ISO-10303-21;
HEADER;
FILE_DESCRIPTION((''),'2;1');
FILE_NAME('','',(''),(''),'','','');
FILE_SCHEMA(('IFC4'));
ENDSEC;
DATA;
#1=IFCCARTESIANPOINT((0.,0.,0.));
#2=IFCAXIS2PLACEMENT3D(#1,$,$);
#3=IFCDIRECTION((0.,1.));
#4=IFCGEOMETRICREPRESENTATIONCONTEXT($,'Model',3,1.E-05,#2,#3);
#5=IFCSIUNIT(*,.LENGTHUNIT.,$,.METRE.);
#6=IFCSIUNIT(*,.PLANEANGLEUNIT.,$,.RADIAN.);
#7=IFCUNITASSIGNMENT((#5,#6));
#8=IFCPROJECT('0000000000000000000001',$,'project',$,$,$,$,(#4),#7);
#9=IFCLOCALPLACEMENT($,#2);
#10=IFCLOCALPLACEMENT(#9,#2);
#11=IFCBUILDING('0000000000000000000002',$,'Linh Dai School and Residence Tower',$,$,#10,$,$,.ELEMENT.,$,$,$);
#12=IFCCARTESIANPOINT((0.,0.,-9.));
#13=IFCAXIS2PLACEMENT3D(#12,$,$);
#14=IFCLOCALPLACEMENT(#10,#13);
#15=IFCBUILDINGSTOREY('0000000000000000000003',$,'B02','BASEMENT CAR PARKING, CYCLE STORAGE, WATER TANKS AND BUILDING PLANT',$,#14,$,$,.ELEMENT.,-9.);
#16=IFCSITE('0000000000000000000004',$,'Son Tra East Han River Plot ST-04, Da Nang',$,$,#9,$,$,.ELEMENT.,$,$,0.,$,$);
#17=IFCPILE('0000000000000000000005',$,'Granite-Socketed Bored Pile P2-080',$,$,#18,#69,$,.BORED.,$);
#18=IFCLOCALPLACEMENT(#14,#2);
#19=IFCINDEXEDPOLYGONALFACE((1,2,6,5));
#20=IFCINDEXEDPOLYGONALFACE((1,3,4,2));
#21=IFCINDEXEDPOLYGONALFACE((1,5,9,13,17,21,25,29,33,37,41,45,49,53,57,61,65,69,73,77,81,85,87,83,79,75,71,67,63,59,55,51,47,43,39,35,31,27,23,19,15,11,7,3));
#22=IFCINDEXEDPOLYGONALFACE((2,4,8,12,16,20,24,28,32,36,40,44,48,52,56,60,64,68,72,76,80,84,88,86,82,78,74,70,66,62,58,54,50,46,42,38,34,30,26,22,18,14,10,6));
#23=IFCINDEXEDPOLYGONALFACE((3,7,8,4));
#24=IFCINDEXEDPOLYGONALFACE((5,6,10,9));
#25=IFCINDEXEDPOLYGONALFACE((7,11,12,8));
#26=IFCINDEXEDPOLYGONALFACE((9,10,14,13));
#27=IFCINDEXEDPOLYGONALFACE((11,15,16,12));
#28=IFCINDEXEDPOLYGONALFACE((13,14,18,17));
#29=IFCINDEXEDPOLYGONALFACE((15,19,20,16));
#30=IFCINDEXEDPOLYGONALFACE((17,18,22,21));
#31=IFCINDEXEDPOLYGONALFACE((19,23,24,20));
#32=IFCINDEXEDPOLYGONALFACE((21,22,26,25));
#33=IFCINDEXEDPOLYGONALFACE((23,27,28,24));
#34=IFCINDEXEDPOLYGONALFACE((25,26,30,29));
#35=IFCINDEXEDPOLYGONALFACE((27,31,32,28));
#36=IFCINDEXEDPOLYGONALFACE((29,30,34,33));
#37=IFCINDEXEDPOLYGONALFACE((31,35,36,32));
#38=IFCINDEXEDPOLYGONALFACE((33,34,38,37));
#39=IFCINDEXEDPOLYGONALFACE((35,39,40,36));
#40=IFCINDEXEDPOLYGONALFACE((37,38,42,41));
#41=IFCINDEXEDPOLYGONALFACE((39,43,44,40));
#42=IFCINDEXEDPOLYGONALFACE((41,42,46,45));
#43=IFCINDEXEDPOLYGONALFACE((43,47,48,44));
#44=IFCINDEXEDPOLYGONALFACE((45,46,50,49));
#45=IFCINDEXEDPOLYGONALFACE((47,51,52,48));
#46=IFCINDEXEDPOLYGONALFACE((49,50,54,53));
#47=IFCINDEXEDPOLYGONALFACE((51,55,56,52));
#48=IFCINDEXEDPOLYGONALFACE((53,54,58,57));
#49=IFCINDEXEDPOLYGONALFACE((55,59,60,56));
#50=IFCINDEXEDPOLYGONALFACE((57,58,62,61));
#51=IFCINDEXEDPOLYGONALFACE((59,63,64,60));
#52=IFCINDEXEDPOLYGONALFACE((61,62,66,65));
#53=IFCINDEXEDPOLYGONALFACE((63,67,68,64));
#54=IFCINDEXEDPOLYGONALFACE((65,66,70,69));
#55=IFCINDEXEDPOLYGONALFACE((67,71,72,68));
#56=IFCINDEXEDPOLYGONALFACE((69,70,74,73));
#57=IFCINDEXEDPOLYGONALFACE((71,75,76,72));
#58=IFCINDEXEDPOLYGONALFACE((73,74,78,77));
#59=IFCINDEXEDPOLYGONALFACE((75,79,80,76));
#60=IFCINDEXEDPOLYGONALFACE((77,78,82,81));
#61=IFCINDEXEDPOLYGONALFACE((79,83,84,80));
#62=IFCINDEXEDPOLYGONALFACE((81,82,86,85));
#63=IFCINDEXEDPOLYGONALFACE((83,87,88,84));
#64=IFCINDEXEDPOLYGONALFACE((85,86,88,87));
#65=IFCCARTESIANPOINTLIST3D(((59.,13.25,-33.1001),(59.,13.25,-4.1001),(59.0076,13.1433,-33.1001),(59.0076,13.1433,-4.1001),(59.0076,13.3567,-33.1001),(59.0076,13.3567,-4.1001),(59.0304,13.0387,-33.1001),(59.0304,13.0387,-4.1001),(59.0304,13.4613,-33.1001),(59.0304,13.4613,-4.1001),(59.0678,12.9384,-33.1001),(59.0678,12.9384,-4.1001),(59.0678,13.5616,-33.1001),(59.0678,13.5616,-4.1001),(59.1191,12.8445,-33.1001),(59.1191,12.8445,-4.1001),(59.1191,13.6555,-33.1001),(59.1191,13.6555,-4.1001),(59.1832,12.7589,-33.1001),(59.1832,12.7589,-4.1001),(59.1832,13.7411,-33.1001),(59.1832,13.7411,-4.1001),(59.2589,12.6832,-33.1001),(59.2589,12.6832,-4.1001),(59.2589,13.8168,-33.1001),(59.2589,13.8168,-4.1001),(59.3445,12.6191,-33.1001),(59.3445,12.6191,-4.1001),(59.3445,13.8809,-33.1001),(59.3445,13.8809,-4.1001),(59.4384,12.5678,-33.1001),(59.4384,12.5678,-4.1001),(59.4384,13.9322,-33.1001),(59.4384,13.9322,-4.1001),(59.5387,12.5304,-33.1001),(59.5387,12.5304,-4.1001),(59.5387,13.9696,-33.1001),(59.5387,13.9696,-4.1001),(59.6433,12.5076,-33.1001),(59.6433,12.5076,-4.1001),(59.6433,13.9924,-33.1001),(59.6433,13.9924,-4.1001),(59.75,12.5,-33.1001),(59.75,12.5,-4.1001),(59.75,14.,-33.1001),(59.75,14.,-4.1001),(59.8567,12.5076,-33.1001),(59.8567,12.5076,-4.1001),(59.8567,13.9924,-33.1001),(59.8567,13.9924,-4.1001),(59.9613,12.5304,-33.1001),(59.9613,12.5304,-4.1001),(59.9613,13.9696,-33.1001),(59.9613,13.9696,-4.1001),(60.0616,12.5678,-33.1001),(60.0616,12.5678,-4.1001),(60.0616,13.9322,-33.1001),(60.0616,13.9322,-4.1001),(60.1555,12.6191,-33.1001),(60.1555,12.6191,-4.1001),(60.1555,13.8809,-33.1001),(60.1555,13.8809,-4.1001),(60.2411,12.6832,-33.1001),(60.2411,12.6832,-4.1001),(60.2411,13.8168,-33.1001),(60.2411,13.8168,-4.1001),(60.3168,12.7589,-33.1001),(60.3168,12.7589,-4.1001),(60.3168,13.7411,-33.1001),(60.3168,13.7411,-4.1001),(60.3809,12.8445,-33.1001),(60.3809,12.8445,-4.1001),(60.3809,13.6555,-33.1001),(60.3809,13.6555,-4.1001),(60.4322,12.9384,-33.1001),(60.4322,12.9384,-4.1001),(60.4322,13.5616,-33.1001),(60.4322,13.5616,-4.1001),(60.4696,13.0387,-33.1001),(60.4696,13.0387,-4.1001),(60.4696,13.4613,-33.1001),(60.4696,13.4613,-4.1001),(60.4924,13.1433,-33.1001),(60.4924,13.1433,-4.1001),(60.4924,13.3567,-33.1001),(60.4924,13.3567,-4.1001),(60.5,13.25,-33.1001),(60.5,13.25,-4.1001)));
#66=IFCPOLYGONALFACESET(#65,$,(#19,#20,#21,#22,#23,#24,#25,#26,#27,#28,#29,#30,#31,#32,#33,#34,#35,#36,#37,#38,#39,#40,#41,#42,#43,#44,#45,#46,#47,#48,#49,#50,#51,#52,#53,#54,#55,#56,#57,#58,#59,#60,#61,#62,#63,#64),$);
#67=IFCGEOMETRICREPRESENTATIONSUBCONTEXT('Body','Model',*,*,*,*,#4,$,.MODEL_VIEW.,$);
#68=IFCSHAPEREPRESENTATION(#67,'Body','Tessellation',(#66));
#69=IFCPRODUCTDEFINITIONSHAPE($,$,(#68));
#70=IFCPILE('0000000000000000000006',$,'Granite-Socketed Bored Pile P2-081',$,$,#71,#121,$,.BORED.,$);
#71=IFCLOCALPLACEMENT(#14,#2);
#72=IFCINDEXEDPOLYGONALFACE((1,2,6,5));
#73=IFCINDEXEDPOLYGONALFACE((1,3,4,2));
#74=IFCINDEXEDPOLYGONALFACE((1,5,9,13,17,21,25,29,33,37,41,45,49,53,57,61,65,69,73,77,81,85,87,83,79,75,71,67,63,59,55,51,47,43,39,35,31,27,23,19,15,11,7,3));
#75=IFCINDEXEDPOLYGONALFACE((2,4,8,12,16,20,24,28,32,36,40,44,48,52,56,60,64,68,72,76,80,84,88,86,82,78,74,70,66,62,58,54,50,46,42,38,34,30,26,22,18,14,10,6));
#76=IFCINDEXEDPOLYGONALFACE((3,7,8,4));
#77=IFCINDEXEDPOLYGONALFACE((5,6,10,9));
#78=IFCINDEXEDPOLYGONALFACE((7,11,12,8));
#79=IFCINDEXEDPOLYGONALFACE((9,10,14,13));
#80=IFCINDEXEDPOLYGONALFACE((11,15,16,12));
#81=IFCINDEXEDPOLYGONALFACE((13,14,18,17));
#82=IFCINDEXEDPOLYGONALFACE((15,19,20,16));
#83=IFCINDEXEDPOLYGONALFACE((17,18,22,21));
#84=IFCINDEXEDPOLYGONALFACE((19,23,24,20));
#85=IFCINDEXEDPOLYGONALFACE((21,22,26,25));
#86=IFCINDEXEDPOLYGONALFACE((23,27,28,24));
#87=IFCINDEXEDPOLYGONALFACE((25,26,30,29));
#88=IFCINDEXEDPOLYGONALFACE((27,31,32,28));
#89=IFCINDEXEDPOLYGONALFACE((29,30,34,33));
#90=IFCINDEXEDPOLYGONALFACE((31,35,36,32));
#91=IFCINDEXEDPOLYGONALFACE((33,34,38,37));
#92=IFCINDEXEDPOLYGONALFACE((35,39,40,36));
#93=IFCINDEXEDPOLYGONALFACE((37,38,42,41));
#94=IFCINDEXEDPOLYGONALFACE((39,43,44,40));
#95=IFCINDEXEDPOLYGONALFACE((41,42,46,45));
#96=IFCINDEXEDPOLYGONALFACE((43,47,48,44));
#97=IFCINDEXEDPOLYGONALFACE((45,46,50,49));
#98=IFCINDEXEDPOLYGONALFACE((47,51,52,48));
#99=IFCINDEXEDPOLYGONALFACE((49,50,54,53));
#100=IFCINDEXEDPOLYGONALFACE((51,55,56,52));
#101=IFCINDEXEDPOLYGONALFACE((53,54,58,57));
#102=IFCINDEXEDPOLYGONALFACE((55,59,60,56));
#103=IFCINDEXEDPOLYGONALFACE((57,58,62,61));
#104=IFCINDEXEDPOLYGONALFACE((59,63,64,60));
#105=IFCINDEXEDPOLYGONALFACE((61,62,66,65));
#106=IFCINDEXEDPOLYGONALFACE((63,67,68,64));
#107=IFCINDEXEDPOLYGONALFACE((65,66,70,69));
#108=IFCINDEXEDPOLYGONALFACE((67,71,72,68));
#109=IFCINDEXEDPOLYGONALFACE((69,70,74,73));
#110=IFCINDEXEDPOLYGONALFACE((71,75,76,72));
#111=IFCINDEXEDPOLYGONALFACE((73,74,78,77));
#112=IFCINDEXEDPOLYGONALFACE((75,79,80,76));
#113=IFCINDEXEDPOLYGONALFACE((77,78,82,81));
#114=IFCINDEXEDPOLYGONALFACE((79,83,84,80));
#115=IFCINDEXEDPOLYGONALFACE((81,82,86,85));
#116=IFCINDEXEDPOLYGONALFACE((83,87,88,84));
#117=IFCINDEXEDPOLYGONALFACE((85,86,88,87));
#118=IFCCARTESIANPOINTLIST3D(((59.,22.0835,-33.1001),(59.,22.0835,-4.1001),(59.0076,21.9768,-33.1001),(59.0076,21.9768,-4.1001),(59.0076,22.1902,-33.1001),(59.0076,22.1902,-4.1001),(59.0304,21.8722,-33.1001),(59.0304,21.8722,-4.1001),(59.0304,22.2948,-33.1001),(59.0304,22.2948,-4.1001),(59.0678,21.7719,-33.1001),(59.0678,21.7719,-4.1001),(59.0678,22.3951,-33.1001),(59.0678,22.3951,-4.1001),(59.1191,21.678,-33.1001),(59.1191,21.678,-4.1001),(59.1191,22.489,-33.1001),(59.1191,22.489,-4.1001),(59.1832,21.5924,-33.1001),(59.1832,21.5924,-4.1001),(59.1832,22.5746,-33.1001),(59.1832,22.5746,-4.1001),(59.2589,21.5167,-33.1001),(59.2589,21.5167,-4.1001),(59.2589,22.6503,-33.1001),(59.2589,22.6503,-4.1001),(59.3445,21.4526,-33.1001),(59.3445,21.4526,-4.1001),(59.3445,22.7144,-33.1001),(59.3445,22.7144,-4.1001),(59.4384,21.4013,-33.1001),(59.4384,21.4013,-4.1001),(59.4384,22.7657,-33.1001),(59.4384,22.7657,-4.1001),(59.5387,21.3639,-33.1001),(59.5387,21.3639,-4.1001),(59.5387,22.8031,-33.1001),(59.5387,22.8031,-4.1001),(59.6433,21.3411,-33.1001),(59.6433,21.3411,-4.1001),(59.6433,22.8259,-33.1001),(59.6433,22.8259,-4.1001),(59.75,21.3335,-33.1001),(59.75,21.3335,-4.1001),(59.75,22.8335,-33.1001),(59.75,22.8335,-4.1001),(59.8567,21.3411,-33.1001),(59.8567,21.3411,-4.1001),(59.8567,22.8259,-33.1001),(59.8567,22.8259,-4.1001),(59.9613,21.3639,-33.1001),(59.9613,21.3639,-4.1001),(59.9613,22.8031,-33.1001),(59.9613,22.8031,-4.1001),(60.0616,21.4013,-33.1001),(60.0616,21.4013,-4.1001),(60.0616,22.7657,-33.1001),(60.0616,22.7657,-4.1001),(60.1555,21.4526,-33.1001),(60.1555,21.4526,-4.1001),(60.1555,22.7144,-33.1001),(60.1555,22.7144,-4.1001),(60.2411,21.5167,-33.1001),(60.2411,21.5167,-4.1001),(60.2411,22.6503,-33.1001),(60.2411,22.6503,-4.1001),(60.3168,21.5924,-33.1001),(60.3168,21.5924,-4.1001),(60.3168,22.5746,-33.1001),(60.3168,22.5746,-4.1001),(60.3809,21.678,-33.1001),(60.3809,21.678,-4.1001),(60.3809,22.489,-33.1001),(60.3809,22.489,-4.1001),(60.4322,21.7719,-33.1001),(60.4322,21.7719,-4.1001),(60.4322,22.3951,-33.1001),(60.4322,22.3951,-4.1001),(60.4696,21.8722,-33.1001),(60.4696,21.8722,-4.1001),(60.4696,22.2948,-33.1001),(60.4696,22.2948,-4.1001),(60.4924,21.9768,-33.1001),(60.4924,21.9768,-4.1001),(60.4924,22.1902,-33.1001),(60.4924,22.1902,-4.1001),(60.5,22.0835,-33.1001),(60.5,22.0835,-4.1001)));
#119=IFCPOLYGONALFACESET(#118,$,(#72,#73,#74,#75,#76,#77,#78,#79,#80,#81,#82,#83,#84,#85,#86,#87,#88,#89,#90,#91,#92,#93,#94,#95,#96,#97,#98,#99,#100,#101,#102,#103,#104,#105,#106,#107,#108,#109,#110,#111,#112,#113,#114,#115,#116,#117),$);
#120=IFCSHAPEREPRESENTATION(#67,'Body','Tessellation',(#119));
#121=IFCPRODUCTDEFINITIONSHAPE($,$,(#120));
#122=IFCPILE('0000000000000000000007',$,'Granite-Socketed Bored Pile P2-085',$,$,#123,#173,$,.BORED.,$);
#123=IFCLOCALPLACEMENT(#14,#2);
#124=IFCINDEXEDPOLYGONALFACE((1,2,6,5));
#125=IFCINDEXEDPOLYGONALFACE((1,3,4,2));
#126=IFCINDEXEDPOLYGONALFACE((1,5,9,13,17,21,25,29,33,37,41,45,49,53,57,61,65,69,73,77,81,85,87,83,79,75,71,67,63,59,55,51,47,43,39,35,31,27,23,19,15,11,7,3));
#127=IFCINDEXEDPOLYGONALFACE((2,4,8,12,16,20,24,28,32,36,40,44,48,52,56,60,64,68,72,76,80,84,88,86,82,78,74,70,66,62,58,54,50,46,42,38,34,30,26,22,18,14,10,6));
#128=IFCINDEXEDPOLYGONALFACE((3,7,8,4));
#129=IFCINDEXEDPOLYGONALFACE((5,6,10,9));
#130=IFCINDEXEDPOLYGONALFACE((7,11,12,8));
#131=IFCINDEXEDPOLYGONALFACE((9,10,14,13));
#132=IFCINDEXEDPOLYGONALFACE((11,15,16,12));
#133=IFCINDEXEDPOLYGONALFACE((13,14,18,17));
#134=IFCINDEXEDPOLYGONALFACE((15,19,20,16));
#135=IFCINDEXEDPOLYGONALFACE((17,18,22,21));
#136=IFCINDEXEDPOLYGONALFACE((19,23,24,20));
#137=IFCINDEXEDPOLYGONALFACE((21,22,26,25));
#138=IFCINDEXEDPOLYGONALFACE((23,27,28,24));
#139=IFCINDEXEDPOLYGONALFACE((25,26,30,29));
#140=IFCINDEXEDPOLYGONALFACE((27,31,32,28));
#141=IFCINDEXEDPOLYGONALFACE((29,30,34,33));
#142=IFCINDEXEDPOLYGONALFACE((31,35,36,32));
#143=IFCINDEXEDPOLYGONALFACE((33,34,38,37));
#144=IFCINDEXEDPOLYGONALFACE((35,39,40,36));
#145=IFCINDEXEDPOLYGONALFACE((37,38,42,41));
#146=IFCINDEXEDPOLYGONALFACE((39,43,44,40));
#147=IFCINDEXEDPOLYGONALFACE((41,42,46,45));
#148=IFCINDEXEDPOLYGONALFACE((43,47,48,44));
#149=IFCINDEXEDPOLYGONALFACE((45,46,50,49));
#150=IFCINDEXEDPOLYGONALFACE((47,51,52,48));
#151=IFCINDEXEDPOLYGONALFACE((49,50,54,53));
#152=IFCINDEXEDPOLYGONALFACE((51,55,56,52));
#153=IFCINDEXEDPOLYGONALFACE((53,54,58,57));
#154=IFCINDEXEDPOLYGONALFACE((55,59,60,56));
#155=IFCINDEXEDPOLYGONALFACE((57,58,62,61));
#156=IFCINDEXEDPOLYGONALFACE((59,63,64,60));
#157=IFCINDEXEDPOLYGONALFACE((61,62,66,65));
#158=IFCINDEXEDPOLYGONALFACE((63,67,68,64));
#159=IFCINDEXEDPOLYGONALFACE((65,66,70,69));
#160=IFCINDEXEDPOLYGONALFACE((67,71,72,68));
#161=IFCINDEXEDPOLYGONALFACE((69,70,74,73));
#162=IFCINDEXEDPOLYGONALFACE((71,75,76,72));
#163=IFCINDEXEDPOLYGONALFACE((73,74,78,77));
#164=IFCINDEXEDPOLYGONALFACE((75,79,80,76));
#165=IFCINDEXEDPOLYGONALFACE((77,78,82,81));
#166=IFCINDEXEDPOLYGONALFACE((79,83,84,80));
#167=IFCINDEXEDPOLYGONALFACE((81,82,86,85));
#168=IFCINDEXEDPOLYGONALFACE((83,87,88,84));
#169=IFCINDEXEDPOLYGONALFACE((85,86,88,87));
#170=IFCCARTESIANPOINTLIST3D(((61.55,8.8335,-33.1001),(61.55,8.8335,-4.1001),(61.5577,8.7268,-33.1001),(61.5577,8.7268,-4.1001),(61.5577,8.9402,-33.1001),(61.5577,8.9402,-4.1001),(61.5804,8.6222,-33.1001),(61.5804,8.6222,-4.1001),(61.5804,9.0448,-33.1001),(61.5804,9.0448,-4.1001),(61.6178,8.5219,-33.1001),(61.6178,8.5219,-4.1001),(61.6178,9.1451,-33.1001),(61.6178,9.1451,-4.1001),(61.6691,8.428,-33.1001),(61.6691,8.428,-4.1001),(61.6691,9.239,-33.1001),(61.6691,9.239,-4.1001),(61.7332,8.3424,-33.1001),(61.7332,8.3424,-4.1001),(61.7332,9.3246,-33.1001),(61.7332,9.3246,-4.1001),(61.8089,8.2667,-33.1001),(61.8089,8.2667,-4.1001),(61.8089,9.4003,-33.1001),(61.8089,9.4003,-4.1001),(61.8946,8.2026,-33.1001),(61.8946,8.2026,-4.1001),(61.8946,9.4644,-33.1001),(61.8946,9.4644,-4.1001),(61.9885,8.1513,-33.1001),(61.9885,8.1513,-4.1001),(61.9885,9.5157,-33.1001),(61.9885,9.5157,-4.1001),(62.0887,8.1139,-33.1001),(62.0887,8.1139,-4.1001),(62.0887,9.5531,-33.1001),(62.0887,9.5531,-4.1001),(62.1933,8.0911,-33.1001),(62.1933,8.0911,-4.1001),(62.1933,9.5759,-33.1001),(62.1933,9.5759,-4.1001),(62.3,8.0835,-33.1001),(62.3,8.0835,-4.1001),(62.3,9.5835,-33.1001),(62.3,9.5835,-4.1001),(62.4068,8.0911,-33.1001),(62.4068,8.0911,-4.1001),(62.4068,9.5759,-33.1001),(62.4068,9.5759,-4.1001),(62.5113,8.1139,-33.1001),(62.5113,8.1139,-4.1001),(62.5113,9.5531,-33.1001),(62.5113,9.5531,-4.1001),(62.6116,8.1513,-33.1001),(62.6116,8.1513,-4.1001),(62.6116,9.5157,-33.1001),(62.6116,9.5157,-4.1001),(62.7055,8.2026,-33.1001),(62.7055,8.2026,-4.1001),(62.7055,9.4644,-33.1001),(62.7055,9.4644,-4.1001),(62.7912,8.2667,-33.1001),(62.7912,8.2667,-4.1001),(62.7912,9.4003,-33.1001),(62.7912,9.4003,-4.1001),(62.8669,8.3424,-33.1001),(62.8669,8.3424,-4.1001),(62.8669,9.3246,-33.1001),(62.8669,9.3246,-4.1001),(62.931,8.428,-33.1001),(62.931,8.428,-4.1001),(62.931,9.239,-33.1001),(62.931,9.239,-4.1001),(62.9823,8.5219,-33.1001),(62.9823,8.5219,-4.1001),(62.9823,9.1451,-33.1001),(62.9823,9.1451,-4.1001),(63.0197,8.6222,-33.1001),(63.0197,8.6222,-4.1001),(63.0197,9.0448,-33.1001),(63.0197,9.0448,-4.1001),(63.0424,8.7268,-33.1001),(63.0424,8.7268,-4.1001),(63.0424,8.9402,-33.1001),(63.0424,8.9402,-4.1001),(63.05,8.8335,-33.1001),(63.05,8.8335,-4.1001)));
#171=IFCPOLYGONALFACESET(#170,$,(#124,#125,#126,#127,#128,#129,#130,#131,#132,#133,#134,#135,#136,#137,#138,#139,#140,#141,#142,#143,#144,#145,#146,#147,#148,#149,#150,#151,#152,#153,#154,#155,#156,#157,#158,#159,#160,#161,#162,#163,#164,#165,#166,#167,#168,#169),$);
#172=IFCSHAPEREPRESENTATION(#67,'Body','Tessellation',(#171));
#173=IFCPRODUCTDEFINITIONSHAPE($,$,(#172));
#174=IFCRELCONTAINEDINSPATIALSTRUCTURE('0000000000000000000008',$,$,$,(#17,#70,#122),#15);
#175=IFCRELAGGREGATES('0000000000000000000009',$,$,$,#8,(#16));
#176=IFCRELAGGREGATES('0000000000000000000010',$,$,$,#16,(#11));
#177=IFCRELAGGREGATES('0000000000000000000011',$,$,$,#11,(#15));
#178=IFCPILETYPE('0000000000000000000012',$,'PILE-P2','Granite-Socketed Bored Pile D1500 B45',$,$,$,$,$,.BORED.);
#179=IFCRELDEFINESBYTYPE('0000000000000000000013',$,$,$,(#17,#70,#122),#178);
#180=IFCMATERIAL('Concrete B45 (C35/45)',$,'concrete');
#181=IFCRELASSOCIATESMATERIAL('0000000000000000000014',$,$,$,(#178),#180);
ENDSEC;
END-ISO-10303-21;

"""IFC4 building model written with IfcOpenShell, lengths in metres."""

from ifc_helpers import new_model, si_unit, direction, frame, origin, origin_2d, place, context, subcontext, project, spatial, circle, extrude, material, material_profile, profile_set, type_object, element, save


model = new_model("IFC4")

# Units and contexts
model_context = context("Model", 3, precision=1e-05, world=origin(), true_north=direction((0.0, 1.0)))
body_context = subcontext(model_context, "Body", "Model", "MODEL_VIEW")
ifc_project = project(units=[si_unit("LENGTHUNIT", "METRE"), si_unit("PLANEANGLEUNIT", "RADIAN")], contexts=[model_context])

# Site, building, storey
site_placement = place(None, origin())
site = spatial("IfcSite", under=ifc_project, at=site_placement, Name="Son Tra East Han River Plot ST-04, Da Nang", CompositionType="ELEMENT", RefElevation=0.0)
building_placement = place(site_placement, origin())
building = spatial("IfcBuilding", under=site, at=building_placement, Name="Linh Dai School and Residence Tower", CompositionType="ELEMENT")
storey_placement = place(building_placement, frame((0.0, 0.0, -9.0)))
storey = spatial("IfcBuildingStorey", under=building, at=storey_placement, Name="B02", Description="BASEMENT CAR PARKING, CYCLE STORAGE, WATER TANKS AND BUILDING PLANT", CompositionType="ELEMENT", Elevation=-9.0)

# Piles
ifc_material_1 = material(Name="Concrete B45 (C35/45)", Category="concrete")
ifc_material_profile_1 = material_profile(ifc_material_1, circle(Radius=0.75, at=origin_2d()), Name="PILE D1500")
ifc_profile_set_1 = profile_set([ifc_material_profile_1], Name="Concrete B45 (C35/45)")
pile_type_1 = type_object("IfcPileType", Name="PILE-P2", Description="Granite-Socketed Bored Pile D1500 B45", PredefinedType="BORED", material=ifc_profile_set_1)
for number, where, z_axis, x_axis, name in (
    (1, (59.75, 13.25, -4.1001), (0.0, 0.0, -1.0), (1.0, 0.0, 0.0), "Granite-Socketed Bored Pile P2-080"),
    (2, (59.75, 22.0835, -4.1001), (0.0, 0.0, -1.0), (1.0, 0.0, 0.0), "Granite-Socketed Bored Pile P2-081"),
    (3, (62.3, 8.8335, -4.1001), (0.0, 0.0, -1.0), (1.0, 0.0, 0.0), "Granite-Socketed Bored Pile P2-085"),
):
    element("IfcPile", number, at=place(storey_placement, frame(where, z_axis=z_axis, x_axis=x_axis)), inside=storey, type_object=pile_type_1, Name=name, PredefinedType="BORED", context=body_context, shape_type="SweptSolid", body=[
        extrude(circle(Radius=0.75, at=origin_2d()), origin(), (0.0, 0.0, 1.0), 29.0),
    ])

save(model, "model.ifc")
